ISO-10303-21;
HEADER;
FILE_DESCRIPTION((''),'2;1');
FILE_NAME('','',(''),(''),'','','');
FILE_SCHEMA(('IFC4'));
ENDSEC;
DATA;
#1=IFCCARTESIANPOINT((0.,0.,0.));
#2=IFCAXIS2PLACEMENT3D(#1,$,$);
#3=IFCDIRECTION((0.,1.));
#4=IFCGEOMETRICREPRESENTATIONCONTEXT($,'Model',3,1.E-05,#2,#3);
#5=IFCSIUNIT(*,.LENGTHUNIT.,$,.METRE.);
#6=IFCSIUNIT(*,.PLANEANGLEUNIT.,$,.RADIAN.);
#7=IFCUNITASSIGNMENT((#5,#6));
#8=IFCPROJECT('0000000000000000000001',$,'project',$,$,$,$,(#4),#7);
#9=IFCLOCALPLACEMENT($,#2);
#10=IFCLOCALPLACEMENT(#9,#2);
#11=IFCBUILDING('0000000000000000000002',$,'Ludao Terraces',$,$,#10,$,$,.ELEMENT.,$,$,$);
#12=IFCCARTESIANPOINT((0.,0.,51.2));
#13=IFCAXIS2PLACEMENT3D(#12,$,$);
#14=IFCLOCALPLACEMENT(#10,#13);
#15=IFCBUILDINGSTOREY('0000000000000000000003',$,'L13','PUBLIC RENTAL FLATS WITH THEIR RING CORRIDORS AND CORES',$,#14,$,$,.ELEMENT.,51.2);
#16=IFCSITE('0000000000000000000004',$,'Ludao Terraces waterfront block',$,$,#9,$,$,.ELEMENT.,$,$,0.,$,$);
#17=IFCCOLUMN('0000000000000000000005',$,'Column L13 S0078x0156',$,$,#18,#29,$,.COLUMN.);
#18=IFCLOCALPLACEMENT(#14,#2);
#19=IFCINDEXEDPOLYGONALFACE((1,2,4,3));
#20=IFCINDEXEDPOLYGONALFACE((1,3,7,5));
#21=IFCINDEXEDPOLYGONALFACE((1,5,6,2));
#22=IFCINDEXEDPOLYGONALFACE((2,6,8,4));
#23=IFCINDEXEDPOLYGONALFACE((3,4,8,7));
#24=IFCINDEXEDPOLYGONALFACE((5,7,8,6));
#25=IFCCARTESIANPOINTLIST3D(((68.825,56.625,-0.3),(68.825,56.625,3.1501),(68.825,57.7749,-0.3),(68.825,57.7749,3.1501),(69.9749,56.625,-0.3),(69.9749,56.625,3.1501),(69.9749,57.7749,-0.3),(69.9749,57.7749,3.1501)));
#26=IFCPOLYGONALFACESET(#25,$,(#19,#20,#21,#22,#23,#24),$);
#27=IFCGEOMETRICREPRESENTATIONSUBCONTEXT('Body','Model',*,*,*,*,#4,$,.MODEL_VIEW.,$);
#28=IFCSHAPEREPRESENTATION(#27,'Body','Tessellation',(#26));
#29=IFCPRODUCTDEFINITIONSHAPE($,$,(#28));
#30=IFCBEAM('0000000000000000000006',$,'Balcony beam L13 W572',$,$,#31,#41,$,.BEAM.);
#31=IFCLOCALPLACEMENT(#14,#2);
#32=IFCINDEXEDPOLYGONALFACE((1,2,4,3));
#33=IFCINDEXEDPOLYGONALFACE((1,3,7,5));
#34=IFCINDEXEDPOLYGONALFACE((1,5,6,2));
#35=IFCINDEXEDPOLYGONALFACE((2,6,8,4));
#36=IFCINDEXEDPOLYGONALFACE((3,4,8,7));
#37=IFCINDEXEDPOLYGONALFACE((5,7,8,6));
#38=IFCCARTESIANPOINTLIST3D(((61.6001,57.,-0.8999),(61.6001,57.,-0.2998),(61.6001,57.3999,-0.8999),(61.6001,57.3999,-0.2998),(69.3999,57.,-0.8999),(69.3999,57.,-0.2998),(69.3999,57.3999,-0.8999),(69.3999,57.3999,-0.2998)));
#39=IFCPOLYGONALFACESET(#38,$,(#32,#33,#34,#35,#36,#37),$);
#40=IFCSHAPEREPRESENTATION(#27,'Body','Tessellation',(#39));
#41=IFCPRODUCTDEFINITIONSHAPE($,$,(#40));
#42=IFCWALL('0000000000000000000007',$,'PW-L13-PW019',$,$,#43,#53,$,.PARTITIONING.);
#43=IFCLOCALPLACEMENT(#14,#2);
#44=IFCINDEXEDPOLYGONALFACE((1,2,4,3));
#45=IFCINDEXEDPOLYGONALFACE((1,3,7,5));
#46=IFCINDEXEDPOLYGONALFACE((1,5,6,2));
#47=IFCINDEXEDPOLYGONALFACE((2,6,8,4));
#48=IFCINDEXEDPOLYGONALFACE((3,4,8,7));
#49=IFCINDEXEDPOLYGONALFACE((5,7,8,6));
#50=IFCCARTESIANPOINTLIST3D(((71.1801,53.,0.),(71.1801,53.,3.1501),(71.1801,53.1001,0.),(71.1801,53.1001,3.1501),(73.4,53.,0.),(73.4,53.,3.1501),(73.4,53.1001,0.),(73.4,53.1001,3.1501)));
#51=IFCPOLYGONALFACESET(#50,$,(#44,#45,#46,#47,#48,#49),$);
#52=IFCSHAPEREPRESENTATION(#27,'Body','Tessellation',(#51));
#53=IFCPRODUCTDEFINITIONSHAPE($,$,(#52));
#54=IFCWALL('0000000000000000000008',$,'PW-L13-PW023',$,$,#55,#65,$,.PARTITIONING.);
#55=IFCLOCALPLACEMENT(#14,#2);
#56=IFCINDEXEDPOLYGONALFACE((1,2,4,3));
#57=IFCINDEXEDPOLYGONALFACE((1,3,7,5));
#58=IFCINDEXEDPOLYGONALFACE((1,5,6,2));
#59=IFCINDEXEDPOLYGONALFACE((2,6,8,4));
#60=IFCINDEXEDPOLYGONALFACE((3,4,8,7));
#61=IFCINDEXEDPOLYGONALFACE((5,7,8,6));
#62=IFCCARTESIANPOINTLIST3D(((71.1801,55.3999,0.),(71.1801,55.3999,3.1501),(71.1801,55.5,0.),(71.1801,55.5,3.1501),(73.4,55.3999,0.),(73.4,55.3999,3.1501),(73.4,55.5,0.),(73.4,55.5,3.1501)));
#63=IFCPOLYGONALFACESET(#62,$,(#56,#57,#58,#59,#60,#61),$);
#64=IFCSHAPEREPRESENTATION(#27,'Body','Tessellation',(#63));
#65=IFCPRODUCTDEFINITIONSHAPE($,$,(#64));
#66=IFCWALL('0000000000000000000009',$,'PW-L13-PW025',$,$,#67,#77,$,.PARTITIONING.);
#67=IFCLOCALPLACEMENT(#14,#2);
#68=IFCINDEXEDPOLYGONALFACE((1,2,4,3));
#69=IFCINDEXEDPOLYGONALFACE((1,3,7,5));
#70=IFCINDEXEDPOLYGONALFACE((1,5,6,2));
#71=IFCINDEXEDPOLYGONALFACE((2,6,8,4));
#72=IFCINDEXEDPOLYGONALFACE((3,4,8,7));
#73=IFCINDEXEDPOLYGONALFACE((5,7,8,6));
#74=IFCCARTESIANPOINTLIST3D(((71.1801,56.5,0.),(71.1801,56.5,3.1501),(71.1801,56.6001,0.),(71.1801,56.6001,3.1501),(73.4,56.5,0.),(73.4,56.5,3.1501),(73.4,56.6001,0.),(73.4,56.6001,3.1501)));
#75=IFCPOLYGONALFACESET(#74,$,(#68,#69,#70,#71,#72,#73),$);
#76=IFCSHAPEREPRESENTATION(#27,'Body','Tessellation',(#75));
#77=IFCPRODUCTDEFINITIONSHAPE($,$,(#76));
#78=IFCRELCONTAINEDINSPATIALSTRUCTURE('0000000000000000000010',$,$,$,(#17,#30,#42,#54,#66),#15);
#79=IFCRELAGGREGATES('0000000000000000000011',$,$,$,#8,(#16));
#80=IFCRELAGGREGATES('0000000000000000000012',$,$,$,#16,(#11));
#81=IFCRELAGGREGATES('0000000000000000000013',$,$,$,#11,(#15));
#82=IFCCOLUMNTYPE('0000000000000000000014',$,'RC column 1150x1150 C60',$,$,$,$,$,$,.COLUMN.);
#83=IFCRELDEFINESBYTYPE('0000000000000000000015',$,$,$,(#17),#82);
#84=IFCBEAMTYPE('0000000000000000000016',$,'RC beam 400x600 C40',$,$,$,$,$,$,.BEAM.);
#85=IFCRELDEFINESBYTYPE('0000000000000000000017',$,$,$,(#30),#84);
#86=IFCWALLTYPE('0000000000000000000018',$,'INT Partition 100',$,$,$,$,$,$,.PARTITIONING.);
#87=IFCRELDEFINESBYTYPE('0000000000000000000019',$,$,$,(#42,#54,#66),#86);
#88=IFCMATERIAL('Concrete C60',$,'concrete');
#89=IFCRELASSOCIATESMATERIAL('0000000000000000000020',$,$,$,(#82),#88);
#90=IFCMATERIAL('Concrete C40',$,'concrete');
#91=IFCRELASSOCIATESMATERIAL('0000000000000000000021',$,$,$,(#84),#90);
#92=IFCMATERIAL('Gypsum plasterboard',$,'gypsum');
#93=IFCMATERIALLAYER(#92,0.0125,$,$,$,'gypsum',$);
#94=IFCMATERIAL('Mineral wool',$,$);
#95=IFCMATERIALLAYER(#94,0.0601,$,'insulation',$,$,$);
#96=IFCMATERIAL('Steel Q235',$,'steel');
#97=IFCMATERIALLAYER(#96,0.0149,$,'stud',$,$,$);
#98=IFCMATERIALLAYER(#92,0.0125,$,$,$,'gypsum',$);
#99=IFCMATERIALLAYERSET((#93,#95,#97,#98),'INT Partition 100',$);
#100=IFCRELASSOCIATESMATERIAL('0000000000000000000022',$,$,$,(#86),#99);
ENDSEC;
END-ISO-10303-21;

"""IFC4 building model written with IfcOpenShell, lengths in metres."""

from ifc_helpers import new_model, si_unit, direction, frame, frame_2d, origin, origin_2d, place, context, subcontext, project, spatial, rectangle, extrude, material, layer, layer_set, material_profile, profile_set, type_object, element, save


model = new_model("IFC4")

# Units and contexts
model_context = context("Model", 3, precision=1e-05, world=origin(), true_north=direction((0.0, 1.0)))
body_context = subcontext(model_context, "Body", "Model", "MODEL_VIEW")
ifc_project = project(units=[si_unit("LENGTHUNIT", "METRE"), si_unit("PLANEANGLEUNIT", "RADIAN")], contexts=[model_context])

# Site, building, storey
site_placement = place(None, origin())
site = spatial("IfcSite", under=ifc_project, at=site_placement, Name="Ludao Terraces waterfront block", CompositionType="ELEMENT", RefElevation=0.0)
building_placement = place(site_placement, origin())
building = spatial("IfcBuilding", under=site, at=building_placement, Name="Ludao Terraces", CompositionType="ELEMENT")
storey_placement = place(building_placement, frame((0.0, 0.0, 51.2)))
storey = spatial("IfcBuildingStorey", under=building, at=storey_placement, Name="L13", Description="PUBLIC RENTAL FLATS WITH THEIR RING CORRIDORS AND CORES", CompositionType="ELEMENT", Elevation=51.2)

# Column
ifc_material_1 = material(Name="Concrete C60", Category="concrete")
ifc_material_profile_1 = material_profile(ifc_material_1, rectangle(XDim=1.1499, YDim=1.1499, at=origin_2d()), Name="1150 X 1150")
ifc_profile_set_1 = profile_set([ifc_material_profile_1], Name="Concrete C60")
column_type = type_object("IfcColumnType", Name="RC column 1150x1150 C60", PredefinedType="COLUMN", material=ifc_profile_set_1)
column_placement = place(storey_placement, frame((69.3999, 57.2, -0.3), z_axis=(0.0, 0.0, 1.0), x_axis=(1.0, 0.0, 0.0)))
element("IfcColumn", 1, at=column_placement, inside=storey, type_object=column_type, Name="Column L13 S0078x0156", PredefinedType="COLUMN", context=body_context, shape_type="SweptSolid", body=[
    extrude(rectangle(XDim=1.1499, YDim=1.1499, at=origin_2d()), origin(), (0.0, 0.0, 1.0), 3.4502),
])

# Beam
ifc_material_2 = material(Name="Concrete C40", Category="concrete")
ifc_material_profile_2 = material_profile(ifc_material_2, rectangle(XDim=0.3999, YDim=0.6001, at=origin_2d()), Name="400 X 600")
ifc_profile_set_2 = profile_set([ifc_material_profile_2], Name="Concrete C40")
beam_type = type_object("IfcBeamType", Name="RC beam 400x600 C40", PredefinedType="BEAM", material=ifc_profile_set_2)
beam_placement = place(storey_placement, frame((69.3999, 57.2, -0.5999), z_axis=(-1.0, 0.0, 0.0), x_axis=(0.0, -1.0, 0.0)))
element("IfcBeam", 2, at=beam_placement, inside=storey, type_object=beam_type, Name="Balcony beam L13 W572", PredefinedType="BEAM", context=body_context, shape_type="SweptSolid", body=[
    extrude(rectangle(XDim=0.3999, YDim=0.6001, at=origin_2d()), origin(), (0.0, 0.0, 1.0), 7.7998),
])

# Walls
ifc_material_3 = material(Name="Gypsum plasterboard", Category="gypsum")
ifc_layer_1 = layer(ifc_material_3, 0.0125, Category="gypsum")
ifc_material_4 = material(Name="Mineral wool")
ifc_layer_2 = layer(ifc_material_4, 0.0601, Name="insulation")
ifc_material_5 = material(Name="Steel Q235", Category="steel")
ifc_layer_3 = layer(ifc_material_5, 0.0149, Name="stud")
ifc_layer_4 = layer(ifc_material_3, 0.0125, Category="gypsum")
ifc_layer_set = layer_set([ifc_layer_1, ifc_layer_2, ifc_layer_3, ifc_layer_4], Name="INT Partition 100")
wall_type = type_object("IfcWallType", Name="INT Partition 100", PredefinedType="PARTITIONING", material=ifc_layer_set)
for number, where, z_axis, x_axis, name in (
    (3, (71.1802, 53.05, 0.0), (0.0, 0.0, 1.0), (1.0, 0.0, 0.0), "PW-L13-PW019"),
    (4, (71.1802, 55.45, 0.0), (0.0, 0.0, 1.0), (1.0, 0.0, 0.0), "PW-L13-PW023"),
    (5, (71.1802, 56.55, 0.0), (0.0, 0.0, 1.0), (1.0, 0.0, 0.0), "PW-L13-PW025"),
):
    element("IfcWall", number, at=place(storey_placement, frame(where, z_axis=z_axis, x_axis=x_axis)), inside=storey, type_object=wall_type, Name=name, PredefinedType="PARTITIONING", context=body_context, shape_type="SweptSolid", body=[
        extrude(rectangle(XDim=2.22, YDim=0.1001, at=frame_2d((1.1099, 0.0))), origin(), (0.0, 0.0, 1.0), 3.1501),
    ])

save(model, "model.ifc")
